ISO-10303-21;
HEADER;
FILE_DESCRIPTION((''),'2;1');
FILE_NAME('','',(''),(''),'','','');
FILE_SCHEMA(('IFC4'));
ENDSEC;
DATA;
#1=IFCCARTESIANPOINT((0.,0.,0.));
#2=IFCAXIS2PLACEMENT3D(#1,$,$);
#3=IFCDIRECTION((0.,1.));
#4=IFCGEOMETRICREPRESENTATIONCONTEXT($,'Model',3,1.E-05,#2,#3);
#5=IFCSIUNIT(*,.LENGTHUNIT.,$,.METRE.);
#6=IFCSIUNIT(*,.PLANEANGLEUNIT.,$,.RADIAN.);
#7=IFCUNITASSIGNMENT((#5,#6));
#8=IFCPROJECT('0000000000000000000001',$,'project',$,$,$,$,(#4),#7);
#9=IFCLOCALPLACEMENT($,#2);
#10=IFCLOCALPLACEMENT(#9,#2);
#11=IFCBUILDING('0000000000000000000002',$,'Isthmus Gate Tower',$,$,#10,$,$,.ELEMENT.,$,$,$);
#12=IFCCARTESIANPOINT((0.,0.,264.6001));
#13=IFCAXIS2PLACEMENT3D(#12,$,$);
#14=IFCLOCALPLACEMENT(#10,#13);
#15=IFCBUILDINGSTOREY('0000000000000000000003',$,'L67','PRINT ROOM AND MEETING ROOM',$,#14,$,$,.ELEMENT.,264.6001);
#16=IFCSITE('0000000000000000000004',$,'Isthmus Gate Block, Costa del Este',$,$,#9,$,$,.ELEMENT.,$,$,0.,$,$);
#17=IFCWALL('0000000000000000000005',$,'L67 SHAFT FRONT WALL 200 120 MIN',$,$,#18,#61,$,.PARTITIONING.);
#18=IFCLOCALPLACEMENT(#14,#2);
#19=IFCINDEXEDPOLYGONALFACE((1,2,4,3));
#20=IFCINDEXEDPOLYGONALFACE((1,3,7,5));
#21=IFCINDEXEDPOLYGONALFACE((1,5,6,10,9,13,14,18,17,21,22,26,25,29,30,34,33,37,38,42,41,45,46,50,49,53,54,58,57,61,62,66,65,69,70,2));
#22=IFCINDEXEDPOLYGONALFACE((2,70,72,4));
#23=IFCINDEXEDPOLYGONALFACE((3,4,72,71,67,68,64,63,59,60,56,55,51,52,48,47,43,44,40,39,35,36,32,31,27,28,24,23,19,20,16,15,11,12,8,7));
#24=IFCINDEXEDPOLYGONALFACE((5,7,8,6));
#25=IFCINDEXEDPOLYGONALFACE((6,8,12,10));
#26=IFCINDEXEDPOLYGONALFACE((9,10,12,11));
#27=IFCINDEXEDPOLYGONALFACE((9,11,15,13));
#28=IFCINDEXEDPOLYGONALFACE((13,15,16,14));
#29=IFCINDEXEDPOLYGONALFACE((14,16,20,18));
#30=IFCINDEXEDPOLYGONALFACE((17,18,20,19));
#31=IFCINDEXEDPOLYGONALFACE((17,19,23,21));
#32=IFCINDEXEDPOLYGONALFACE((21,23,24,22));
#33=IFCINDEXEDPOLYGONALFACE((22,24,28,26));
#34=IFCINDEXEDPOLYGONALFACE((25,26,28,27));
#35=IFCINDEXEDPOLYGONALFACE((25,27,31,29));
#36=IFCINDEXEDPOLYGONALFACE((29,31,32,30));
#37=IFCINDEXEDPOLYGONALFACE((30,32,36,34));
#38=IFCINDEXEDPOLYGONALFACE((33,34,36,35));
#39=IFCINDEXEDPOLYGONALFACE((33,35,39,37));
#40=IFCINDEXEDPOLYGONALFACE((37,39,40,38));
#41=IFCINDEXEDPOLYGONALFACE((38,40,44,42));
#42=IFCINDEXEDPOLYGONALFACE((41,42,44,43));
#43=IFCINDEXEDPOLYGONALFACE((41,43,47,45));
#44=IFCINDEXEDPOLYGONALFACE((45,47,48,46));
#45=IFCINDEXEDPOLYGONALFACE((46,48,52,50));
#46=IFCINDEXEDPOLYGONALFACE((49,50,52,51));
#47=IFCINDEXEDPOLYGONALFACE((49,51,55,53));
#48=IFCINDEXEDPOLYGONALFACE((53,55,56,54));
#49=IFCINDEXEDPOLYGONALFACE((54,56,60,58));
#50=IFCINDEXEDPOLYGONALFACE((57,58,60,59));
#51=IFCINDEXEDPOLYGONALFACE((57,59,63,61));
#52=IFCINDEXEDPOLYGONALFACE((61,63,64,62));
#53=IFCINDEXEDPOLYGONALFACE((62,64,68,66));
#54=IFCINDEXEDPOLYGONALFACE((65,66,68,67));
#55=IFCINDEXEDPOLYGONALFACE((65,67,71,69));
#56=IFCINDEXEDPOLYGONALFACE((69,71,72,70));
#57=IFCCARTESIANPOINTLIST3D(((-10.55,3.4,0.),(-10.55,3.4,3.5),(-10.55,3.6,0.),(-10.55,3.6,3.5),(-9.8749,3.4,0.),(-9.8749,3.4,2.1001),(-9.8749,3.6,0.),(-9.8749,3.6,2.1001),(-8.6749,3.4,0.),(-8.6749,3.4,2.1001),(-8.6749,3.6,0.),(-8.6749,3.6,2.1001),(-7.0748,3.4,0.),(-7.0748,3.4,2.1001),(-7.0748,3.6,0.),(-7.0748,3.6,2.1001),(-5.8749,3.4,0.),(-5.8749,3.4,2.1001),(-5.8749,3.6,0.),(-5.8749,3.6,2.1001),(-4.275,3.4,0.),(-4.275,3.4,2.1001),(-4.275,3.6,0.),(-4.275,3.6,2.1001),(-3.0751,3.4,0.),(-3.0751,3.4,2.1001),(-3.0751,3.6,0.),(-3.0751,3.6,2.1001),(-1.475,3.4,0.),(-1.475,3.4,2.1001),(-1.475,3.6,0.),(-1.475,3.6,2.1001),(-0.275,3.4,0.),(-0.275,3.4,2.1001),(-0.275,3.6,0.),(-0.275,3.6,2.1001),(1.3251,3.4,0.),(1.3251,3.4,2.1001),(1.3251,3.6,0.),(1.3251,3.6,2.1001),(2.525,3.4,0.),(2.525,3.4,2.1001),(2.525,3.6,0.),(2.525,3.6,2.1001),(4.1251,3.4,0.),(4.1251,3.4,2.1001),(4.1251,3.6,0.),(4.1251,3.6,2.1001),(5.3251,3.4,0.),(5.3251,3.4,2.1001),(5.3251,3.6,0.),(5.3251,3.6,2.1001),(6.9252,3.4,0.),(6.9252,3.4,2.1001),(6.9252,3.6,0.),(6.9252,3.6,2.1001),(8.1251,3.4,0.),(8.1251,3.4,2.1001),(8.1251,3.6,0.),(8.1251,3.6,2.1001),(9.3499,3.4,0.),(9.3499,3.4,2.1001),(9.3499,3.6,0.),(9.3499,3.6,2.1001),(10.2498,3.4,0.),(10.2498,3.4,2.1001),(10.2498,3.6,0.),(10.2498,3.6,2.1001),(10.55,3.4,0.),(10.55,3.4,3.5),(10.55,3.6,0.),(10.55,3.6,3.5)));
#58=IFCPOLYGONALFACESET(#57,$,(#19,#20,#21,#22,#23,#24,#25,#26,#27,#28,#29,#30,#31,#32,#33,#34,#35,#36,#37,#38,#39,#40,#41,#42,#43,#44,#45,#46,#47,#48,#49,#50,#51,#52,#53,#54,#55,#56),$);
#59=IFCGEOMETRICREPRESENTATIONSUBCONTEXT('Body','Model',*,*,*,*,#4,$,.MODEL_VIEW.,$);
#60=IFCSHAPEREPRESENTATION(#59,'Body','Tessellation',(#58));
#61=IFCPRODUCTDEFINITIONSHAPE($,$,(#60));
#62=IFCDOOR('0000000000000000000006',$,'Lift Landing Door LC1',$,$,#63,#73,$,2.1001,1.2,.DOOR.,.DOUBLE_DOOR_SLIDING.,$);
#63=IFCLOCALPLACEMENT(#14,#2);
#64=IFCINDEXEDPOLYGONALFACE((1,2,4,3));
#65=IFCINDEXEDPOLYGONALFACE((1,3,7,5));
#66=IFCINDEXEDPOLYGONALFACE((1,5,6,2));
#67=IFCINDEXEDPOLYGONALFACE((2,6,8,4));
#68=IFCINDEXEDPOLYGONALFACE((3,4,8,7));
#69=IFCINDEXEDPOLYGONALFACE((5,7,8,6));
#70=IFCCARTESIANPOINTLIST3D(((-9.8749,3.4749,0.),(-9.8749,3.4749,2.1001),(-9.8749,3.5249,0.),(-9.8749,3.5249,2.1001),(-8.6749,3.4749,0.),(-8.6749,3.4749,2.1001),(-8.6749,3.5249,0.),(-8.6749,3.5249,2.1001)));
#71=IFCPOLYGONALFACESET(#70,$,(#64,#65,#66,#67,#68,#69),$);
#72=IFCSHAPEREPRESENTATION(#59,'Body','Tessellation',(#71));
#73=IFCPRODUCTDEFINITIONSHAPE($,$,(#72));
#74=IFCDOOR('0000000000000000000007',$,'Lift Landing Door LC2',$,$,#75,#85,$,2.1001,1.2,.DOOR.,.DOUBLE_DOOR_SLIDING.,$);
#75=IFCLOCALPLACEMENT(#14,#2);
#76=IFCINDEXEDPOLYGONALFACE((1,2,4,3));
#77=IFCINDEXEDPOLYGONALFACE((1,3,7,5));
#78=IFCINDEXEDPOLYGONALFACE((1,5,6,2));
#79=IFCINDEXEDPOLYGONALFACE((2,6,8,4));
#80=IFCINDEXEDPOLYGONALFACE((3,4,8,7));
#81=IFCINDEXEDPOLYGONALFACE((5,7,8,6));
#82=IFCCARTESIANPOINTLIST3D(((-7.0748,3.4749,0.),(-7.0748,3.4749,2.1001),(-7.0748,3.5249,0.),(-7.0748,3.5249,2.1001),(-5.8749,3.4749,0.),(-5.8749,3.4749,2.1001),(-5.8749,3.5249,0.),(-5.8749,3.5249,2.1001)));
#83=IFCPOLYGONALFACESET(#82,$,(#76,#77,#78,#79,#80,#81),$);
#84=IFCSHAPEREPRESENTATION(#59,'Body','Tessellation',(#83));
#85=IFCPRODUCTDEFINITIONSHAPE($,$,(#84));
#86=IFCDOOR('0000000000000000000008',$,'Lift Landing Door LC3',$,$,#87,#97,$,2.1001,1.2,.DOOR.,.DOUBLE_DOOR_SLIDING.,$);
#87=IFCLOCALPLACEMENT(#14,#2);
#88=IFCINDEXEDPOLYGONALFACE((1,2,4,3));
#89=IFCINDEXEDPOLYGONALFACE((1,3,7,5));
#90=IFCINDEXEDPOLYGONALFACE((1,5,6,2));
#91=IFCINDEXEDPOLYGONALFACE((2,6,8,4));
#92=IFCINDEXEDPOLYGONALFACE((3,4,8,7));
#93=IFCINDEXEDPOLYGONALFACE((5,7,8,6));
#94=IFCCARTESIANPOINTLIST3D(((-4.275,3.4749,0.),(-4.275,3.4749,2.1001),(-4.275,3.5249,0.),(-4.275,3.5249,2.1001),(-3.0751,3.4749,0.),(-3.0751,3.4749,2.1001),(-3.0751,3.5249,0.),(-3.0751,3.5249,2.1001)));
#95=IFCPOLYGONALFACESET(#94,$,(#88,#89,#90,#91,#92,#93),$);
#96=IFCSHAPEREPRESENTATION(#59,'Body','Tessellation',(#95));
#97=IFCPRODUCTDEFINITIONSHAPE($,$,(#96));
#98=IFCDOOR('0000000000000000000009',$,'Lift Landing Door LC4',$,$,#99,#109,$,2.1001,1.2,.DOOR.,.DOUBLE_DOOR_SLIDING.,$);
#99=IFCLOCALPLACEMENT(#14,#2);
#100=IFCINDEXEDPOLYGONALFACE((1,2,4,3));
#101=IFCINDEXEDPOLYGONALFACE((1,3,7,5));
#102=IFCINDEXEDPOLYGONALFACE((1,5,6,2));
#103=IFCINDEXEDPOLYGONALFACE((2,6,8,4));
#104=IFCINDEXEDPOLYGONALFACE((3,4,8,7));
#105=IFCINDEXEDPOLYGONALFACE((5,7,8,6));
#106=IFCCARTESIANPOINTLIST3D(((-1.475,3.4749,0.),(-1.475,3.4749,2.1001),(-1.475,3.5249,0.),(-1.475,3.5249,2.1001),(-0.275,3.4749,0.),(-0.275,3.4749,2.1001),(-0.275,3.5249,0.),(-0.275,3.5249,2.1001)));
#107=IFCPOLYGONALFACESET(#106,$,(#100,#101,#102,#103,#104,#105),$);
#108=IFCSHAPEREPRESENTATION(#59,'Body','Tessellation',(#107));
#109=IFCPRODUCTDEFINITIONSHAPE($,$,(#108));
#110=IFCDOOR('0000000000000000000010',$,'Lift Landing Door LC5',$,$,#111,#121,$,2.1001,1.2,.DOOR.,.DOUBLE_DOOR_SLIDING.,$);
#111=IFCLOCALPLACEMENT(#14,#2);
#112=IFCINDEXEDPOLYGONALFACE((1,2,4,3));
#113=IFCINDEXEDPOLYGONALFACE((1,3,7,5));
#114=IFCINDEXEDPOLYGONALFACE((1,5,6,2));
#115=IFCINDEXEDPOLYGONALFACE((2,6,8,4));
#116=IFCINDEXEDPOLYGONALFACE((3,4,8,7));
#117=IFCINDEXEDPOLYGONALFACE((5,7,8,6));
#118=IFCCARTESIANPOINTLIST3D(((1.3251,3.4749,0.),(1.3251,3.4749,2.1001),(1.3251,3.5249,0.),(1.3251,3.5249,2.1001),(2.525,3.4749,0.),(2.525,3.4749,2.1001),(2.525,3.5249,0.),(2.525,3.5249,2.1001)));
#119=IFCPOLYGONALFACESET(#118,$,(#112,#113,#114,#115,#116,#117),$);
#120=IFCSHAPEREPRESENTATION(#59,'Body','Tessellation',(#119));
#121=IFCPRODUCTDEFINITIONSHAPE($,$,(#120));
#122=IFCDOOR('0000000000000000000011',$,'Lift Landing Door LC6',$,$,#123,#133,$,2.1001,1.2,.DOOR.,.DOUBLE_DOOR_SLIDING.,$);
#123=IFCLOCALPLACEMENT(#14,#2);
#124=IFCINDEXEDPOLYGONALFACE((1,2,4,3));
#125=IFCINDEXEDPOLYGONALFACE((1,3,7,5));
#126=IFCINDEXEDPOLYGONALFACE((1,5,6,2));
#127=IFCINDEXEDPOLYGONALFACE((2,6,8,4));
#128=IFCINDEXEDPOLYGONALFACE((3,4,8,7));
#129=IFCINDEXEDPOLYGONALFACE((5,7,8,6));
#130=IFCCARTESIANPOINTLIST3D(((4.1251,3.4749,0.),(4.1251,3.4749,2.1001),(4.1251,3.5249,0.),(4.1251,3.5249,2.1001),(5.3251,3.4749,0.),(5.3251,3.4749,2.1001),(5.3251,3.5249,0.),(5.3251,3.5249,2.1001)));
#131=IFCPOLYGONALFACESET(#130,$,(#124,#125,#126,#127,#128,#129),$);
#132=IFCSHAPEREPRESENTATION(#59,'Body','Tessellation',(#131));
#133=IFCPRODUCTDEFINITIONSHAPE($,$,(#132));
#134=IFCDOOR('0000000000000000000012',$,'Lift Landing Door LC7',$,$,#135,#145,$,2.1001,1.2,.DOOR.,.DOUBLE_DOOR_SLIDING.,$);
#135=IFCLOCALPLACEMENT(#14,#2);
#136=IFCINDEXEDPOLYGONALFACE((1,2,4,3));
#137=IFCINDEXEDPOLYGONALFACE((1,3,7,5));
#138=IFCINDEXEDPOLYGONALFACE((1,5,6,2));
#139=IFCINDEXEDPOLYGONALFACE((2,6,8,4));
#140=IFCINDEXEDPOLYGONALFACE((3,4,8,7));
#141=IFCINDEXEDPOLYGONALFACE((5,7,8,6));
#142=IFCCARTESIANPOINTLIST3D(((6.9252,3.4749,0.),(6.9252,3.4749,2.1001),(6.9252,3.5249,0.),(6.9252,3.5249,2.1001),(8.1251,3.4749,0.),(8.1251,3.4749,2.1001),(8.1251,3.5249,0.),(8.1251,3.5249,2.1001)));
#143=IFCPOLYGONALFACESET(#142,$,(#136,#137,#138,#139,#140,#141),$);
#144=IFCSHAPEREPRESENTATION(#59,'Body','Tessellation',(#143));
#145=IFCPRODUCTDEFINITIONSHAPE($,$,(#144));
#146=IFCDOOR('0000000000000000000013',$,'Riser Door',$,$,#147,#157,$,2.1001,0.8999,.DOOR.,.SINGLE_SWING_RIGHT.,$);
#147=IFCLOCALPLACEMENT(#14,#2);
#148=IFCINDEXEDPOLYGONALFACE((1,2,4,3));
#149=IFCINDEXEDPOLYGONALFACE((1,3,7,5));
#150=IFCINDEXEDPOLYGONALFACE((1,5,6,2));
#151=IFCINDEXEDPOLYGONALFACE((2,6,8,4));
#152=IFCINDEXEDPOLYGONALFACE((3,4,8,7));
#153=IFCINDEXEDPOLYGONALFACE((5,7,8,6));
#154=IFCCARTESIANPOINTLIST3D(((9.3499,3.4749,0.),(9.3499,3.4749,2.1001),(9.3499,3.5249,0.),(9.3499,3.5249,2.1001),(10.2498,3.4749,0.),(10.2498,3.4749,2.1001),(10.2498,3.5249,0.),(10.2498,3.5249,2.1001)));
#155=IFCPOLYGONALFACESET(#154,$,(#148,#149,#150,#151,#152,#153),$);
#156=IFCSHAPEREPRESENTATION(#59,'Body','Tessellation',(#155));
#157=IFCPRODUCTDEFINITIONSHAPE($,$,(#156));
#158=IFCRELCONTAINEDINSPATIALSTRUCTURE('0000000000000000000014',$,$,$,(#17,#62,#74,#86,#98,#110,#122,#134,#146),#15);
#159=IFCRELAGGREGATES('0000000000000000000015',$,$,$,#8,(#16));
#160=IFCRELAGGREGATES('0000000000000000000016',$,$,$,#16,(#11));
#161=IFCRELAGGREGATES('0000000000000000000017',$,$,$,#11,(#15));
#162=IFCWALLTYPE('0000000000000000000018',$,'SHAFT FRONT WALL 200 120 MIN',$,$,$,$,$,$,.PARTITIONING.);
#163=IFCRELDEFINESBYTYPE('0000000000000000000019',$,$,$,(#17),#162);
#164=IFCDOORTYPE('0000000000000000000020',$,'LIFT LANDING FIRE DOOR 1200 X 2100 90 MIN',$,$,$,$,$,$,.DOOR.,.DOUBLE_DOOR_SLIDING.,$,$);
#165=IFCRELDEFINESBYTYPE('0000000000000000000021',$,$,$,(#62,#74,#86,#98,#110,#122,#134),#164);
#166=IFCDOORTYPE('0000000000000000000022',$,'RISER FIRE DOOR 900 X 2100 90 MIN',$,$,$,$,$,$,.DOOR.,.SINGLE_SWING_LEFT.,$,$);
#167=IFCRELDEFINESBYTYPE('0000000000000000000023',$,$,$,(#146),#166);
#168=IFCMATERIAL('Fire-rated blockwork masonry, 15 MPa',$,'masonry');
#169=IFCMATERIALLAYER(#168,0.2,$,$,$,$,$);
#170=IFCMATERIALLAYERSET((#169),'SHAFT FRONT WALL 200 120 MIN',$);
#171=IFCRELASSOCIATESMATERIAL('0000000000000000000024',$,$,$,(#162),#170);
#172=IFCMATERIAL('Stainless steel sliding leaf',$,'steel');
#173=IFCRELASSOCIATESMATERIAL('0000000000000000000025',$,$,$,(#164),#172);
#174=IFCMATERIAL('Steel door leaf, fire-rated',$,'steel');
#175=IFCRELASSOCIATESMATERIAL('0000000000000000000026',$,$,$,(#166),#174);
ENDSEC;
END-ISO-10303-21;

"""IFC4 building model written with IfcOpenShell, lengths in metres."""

from ifc_helpers import new_model, si_unit, direction, frame, frame_2d, origin, place, context, subcontext, project, spatial, rectangle, extrude, material, layer, layer_set, type_object, element, fill, save


model = new_model("IFC4")

# Units and contexts
model_context = context("Model", 3, precision=1e-05, world=origin(), true_north=direction((0.0, 1.0)))
body_context = subcontext(model_context, "Body", "Model", "MODEL_VIEW")
ifc_project = project(units=[si_unit("LENGTHUNIT", "METRE"), si_unit("PLANEANGLEUNIT", "RADIAN")], contexts=[model_context])

# Site, building, storey
site_placement = place(None, origin())
site = spatial("IfcSite", under=ifc_project, at=site_placement, Name="Isthmus Gate Block, Costa del Este", CompositionType="ELEMENT", RefElevation=0.0)
building_placement = place(site_placement, origin())
building = spatial("IfcBuilding", under=site, at=building_placement, Name="Isthmus Gate Tower", CompositionType="ELEMENT")
storey_placement = place(building_placement, frame((0.0, 0.0, 264.6001)))
storey = spatial("IfcBuildingStorey", under=building, at=storey_placement, Name="L67", Description="PRINT ROOM AND MEETING ROOM", CompositionType="ELEMENT", Elevation=264.6001)

# Wall, openings, doors
ifc_material_1 = material(Name="Fire-rated blockwork masonry, 15 MPa", Category="masonry")
ifc_layer_1 = layer(ifc_material_1, 0.2)
ifc_layer_set_1 = layer_set([ifc_layer_1], Name="SHAFT FRONT WALL 200 120 MIN")
wall_type_1 = type_object("IfcWallType", Name="SHAFT FRONT WALL 200 120 MIN", PredefinedType="PARTITIONING", material=ifc_layer_set_1)
wall_1_placement = place(storey_placement, frame((-10.55, 3.5, 0.0), z_axis=(0.0, 0.0, 1.0), x_axis=(1.0, 0.0, 0.0)))
wall_1 = element("IfcWall", 1, at=wall_1_placement, inside=storey, type_object=wall_type_1, Name="L67 SHAFT FRONT WALL 200 120 MIN", PredefinedType="PARTITIONING", context=body_context, shape_type="SweptSolid", body=[
    extrude(rectangle(XDim=21.1001, YDim=0.2, at=frame_2d((10.55, 0.0))), origin(), (0.0, 0.0, 1.0), 3.5),
])
opening_1_placement = place(wall_1_placement, frame((0.675, 0.0, 0.0)))
opening_1 = element("IfcOpeningElement", 2, at=opening_1_placement, cuts=wall_1, PredefinedType="OPENING", context=body_context, shape_type="SweptSolid", body=[
    extrude(rectangle(XDim=1.2, YDim=2.1001, at=frame_2d((0.6001, 1.05))), frame((0.0, 0.1099, 0.0), z_axis=(0.0, -1.0, 0.0), x_axis=(1.0, 0.0, 0.0)), (0.0, 0.0, 1.0), 0.22),
])
opening_2_placement = place(wall_1_placement, frame((3.4751, 0.0, 0.0)))
opening_2 = element("IfcOpeningElement", 3, at=opening_2_placement, cuts=wall_1, PredefinedType="OPENING", context=body_context, shape_type="SweptSolid", body=[
    extrude(rectangle(XDim=1.2, YDim=2.1001, at=frame_2d((0.6001, 1.05))), frame((0.0, 0.1099, 0.0), z_axis=(0.0, -1.0, 0.0), x_axis=(1.0, 0.0, 0.0)), (0.0, 0.0, 1.0), 0.22),
])
opening_3_placement = place(wall_1_placement, frame((6.2749, 0.0, 0.0)))
opening_3 = element("IfcOpeningElement", 4, at=opening_3_placement, cuts=wall_1, PredefinedType="OPENING", context=body_context, shape_type="SweptSolid", body=[
    extrude(rectangle(XDim=1.2, YDim=2.1001, at=frame_2d((0.6001, 1.05))), frame((0.0, 0.1099, 0.0), z_axis=(0.0, -1.0, 0.0), x_axis=(1.0, 0.0, 0.0)), (0.0, 0.0, 1.0), 0.22),
])
opening_4_placement = place(wall_1_placement, frame((9.075, 0.0, 0.0)))
opening_4 = element("IfcOpeningElement", 5, at=opening_4_placement, cuts=wall_1, PredefinedType="OPENING", context=body_context, shape_type="SweptSolid", body=[
    extrude(rectangle(XDim=1.2, YDim=2.1001, at=frame_2d((0.6001, 1.05))), frame((0.0, 0.1099, 0.0), z_axis=(0.0, -1.0, 0.0), x_axis=(1.0, 0.0, 0.0)), (0.0, 0.0, 1.0), 0.22),
])
opening_5_placement = place(wall_1_placement, frame((11.875, 0.0, 0.0)))
opening_5 = element("IfcOpeningElement", 6, at=opening_5_placement, cuts=wall_1, PredefinedType="OPENING", context=body_context, shape_type="SweptSolid", body=[
    extrude(rectangle(XDim=1.2, YDim=2.1001, at=frame_2d((0.6001, 1.05))), frame((0.0, 0.1099, 0.0), z_axis=(0.0, -1.0, 0.0), x_axis=(1.0, 0.0, 0.0)), (0.0, 0.0, 1.0), 0.22),
])
opening_6_placement = place(wall_1_placement, frame((14.675, 0.0, 0.0)))
opening_6 = element("IfcOpeningElement", 7, at=opening_6_placement, cuts=wall_1, PredefinedType="OPENING", context=body_context, shape_type="SweptSolid", body=[
    extrude(rectangle(XDim=1.2, YDim=2.1001, at=frame_2d((0.6001, 1.05))), frame((0.0, 0.1099, 0.0), z_axis=(0.0, -1.0, 0.0), x_axis=(1.0, 0.0, 0.0)), (0.0, 0.0, 1.0), 0.22),
])
opening_7_placement = place(wall_1_placement, frame((17.4751, 0.0, 0.0)))
opening_7 = element("IfcOpeningElement", 8, at=opening_7_placement, cuts=wall_1, PredefinedType="OPENING", context=body_context, shape_type="SweptSolid", body=[
    extrude(rectangle(XDim=1.2, YDim=2.1001, at=frame_2d((0.6001, 1.05))), frame((0.0, 0.1099, 0.0), z_axis=(0.0, -1.0, 0.0), x_axis=(1.0, 0.0, 0.0)), (0.0, 0.0, 1.0), 0.22),
])
opening_8_placement = place(wall_1_placement, frame((19.8999, 0.0, 0.0)))
opening_8 = element("IfcOpeningElement", 9, at=opening_8_placement, cuts=wall_1, PredefinedType="OPENING", context=body_context, shape_type="SweptSolid", body=[
    extrude(rectangle(XDim=0.8999, YDim=2.1001, at=frame_2d((0.45, 1.05))), frame((0.0, 0.1099, 0.0), z_axis=(0.0, -1.0, 0.0), x_axis=(1.0, 0.0, 0.0)), (0.0, 0.0, 1.0), 0.22),
])
ifc_material_2 = material(Name="Stainless steel sliding leaf", Category="steel")
door_type_1 = type_object("IfcDoorType", Name="LIFT LANDING FIRE DOOR 1200 X 2100 90 MIN", OperationType="DOUBLE_DOOR_SLIDING", PredefinedType="DOOR", material=ifc_material_2)
door_1_placement = place(opening_1_placement, origin())
door_1 = element("IfcDoor", 10, at=door_1_placement, inside=storey, type_object=door_type_1, Name="Lift Landing Door LC1", OperationType="DOUBLE_DOOR_SLIDING", OverallHeight=2.1001, OverallWidth=1.2, PredefinedType="DOOR", context=body_context, shape_type="SweptSolid", body=[
    extrude(rectangle(XDim=1.2, YDim=2.1001, at=frame_2d((0.6001, 1.05))), frame((0.0, 0.0249, 0.0), z_axis=(0.0, -1.0, 0.0), x_axis=(1.0, 0.0, 0.0)), (0.0, 0.0, 1.0), 0.05),
])
fill(opening_1, door_1)
door_2_placement = place(opening_2_placement, origin())
door_2 = element("IfcDoor", 11, at=door_2_placement, inside=storey, type_object=door_type_1, Name="Lift Landing Door LC2", OperationType="DOUBLE_DOOR_SLIDING", OverallHeight=2.1001, OverallWidth=1.2, PredefinedType="DOOR", context=body_context, shape_type="SweptSolid", body=[
    extrude(rectangle(XDim=1.2, YDim=2.1001, at=frame_2d((0.6001, 1.05))), frame((0.0, 0.0249, 0.0), z_axis=(0.0, -1.0, 0.0), x_axis=(1.0, 0.0, 0.0)), (0.0, 0.0, 1.0), 0.05),
])
fill(opening_2, door_2)
door_3_placement = place(opening_3_placement, origin())
door_3 = element("IfcDoor", 12, at=door_3_placement, inside=storey, type_object=door_type_1, Name="Lift Landing Door LC3", OperationType="DOUBLE_DOOR_SLIDING", OverallHeight=2.1001, OverallWidth=1.2, PredefinedType="DOOR", context=body_context, shape_type="SweptSolid", body=[
    extrude(rectangle(XDim=1.2, YDim=2.1001, at=frame_2d((0.6001, 1.05))), frame((0.0, 0.0249, 0.0), z_axis=(0.0, -1.0, 0.0), x_axis=(1.0, 0.0, 0.0)), (0.0, 0.0, 1.0), 0.05),
])
fill(opening_3, door_3)
door_4_placement = place(opening_4_placement, origin())
door_4 = element("IfcDoor", 13, at=door_4_placement, inside=storey, type_object=door_type_1, Name="Lift Landing Door LC4", OperationType="DOUBLE_DOOR_SLIDING", OverallHeight=2.1001, OverallWidth=1.2, PredefinedType="DOOR", context=body_context, shape_type="SweptSolid", body=[
    extrude(rectangle(XDim=1.2, YDim=2.1001, at=frame_2d((0.6001, 1.05))), frame((0.0, 0.0249, 0.0), z_axis=(0.0, -1.0, 0.0), x_axis=(1.0, 0.0, 0.0)), (0.0, 0.0, 1.0), 0.05),
])
fill(opening_4, door_4)
door_5_placement = place(opening_5_placement, origin())
door_5 = element("IfcDoor", 14, at=door_5_placement, inside=storey, type_object=door_type_1, Name="Lift Landing Door LC5", OperationType="DOUBLE_DOOR_SLIDING", OverallHeight=2.1001, OverallWidth=1.2, PredefinedType="DOOR", context=body_context, shape_type="SweptSolid", body=[
    extrude(rectangle(XDim=1.2, YDim=2.1001, at=frame_2d((0.6001, 1.05))), frame((0.0, 0.0249, 0.0), z_axis=(0.0, -1.0, 0.0), x_axis=(1.0, 0.0, 0.0)), (0.0, 0.0, 1.0), 0.05),
])
fill(opening_5, door_5)
door_6_placement = place(opening_6_placement, origin())
door_6 = element("IfcDoor", 15, at=door_6_placement, inside=storey, type_object=door_type_1, Name="Lift Landing Door LC6", OperationType="DOUBLE_DOOR_SLIDING", OverallHeight=2.1001, OverallWidth=1.2, PredefinedType="DOOR", context=body_context, shape_type="SweptSolid", body=[
    extrude(rectangle(XDim=1.2, YDim=2.1001, at=frame_2d((0.6001, 1.05))), frame((0.0, 0.0249, 0.0), z_axis=(0.0, -1.0, 0.0), x_axis=(1.0, 0.0, 0.0)), (0.0, 0.0, 1.0), 0.05),
])
fill(opening_6, door_6)
door_7_placement = place(opening_7_placement, origin())
door_7 = element("IfcDoor", 16, at=door_7_placement, inside=storey, type_object=door_type_1, Name="Lift Landing Door LC7", OperationType="DOUBLE_DOOR_SLIDING", OverallHeight=2.1001, OverallWidth=1.2, PredefinedType="DOOR", context=body_context, shape_type="SweptSolid", body=[
    extrude(rectangle(XDim=1.2, YDim=2.1001, at=frame_2d((0.6001, 1.05))), frame((0.0, 0.0249, 0.0), z_axis=(0.0, -1.0, 0.0), x_axis=(1.0, 0.0, 0.0)), (0.0, 0.0, 1.0), 0.05),
])
fill(opening_7, door_7)
ifc_material_3 = material(Name="Steel door leaf, fire-rated", Category="steel")
door_type_2 = type_object("IfcDoorType", Name="RISER FIRE DOOR 900 X 2100 90 MIN", OperationType="SINGLE_SWING_LEFT", PredefinedType="DOOR", material=ifc_material_3)
door_8_placement = place(opening_8_placement, origin())
door_8 = element("IfcDoor", 17, at=door_8_placement, inside=storey, type_object=door_type_2, Name="Riser Door", OperationType="SINGLE_SWING_RIGHT", OverallHeight=2.1001, OverallWidth=0.8999, PredefinedType="DOOR", context=body_context, shape_type="SweptSolid", body=[
    extrude(rectangle(XDim=0.8999, YDim=2.1001, at=frame_2d((0.45, 1.05))), frame((0.0, 0.0249, 0.0), z_axis=(0.0, -1.0, 0.0), x_axis=(1.0, 0.0, 0.0)), (0.0, 0.0, 1.0), 0.05),
])
fill(opening_8, door_8)

save(model, "model.ifc")
